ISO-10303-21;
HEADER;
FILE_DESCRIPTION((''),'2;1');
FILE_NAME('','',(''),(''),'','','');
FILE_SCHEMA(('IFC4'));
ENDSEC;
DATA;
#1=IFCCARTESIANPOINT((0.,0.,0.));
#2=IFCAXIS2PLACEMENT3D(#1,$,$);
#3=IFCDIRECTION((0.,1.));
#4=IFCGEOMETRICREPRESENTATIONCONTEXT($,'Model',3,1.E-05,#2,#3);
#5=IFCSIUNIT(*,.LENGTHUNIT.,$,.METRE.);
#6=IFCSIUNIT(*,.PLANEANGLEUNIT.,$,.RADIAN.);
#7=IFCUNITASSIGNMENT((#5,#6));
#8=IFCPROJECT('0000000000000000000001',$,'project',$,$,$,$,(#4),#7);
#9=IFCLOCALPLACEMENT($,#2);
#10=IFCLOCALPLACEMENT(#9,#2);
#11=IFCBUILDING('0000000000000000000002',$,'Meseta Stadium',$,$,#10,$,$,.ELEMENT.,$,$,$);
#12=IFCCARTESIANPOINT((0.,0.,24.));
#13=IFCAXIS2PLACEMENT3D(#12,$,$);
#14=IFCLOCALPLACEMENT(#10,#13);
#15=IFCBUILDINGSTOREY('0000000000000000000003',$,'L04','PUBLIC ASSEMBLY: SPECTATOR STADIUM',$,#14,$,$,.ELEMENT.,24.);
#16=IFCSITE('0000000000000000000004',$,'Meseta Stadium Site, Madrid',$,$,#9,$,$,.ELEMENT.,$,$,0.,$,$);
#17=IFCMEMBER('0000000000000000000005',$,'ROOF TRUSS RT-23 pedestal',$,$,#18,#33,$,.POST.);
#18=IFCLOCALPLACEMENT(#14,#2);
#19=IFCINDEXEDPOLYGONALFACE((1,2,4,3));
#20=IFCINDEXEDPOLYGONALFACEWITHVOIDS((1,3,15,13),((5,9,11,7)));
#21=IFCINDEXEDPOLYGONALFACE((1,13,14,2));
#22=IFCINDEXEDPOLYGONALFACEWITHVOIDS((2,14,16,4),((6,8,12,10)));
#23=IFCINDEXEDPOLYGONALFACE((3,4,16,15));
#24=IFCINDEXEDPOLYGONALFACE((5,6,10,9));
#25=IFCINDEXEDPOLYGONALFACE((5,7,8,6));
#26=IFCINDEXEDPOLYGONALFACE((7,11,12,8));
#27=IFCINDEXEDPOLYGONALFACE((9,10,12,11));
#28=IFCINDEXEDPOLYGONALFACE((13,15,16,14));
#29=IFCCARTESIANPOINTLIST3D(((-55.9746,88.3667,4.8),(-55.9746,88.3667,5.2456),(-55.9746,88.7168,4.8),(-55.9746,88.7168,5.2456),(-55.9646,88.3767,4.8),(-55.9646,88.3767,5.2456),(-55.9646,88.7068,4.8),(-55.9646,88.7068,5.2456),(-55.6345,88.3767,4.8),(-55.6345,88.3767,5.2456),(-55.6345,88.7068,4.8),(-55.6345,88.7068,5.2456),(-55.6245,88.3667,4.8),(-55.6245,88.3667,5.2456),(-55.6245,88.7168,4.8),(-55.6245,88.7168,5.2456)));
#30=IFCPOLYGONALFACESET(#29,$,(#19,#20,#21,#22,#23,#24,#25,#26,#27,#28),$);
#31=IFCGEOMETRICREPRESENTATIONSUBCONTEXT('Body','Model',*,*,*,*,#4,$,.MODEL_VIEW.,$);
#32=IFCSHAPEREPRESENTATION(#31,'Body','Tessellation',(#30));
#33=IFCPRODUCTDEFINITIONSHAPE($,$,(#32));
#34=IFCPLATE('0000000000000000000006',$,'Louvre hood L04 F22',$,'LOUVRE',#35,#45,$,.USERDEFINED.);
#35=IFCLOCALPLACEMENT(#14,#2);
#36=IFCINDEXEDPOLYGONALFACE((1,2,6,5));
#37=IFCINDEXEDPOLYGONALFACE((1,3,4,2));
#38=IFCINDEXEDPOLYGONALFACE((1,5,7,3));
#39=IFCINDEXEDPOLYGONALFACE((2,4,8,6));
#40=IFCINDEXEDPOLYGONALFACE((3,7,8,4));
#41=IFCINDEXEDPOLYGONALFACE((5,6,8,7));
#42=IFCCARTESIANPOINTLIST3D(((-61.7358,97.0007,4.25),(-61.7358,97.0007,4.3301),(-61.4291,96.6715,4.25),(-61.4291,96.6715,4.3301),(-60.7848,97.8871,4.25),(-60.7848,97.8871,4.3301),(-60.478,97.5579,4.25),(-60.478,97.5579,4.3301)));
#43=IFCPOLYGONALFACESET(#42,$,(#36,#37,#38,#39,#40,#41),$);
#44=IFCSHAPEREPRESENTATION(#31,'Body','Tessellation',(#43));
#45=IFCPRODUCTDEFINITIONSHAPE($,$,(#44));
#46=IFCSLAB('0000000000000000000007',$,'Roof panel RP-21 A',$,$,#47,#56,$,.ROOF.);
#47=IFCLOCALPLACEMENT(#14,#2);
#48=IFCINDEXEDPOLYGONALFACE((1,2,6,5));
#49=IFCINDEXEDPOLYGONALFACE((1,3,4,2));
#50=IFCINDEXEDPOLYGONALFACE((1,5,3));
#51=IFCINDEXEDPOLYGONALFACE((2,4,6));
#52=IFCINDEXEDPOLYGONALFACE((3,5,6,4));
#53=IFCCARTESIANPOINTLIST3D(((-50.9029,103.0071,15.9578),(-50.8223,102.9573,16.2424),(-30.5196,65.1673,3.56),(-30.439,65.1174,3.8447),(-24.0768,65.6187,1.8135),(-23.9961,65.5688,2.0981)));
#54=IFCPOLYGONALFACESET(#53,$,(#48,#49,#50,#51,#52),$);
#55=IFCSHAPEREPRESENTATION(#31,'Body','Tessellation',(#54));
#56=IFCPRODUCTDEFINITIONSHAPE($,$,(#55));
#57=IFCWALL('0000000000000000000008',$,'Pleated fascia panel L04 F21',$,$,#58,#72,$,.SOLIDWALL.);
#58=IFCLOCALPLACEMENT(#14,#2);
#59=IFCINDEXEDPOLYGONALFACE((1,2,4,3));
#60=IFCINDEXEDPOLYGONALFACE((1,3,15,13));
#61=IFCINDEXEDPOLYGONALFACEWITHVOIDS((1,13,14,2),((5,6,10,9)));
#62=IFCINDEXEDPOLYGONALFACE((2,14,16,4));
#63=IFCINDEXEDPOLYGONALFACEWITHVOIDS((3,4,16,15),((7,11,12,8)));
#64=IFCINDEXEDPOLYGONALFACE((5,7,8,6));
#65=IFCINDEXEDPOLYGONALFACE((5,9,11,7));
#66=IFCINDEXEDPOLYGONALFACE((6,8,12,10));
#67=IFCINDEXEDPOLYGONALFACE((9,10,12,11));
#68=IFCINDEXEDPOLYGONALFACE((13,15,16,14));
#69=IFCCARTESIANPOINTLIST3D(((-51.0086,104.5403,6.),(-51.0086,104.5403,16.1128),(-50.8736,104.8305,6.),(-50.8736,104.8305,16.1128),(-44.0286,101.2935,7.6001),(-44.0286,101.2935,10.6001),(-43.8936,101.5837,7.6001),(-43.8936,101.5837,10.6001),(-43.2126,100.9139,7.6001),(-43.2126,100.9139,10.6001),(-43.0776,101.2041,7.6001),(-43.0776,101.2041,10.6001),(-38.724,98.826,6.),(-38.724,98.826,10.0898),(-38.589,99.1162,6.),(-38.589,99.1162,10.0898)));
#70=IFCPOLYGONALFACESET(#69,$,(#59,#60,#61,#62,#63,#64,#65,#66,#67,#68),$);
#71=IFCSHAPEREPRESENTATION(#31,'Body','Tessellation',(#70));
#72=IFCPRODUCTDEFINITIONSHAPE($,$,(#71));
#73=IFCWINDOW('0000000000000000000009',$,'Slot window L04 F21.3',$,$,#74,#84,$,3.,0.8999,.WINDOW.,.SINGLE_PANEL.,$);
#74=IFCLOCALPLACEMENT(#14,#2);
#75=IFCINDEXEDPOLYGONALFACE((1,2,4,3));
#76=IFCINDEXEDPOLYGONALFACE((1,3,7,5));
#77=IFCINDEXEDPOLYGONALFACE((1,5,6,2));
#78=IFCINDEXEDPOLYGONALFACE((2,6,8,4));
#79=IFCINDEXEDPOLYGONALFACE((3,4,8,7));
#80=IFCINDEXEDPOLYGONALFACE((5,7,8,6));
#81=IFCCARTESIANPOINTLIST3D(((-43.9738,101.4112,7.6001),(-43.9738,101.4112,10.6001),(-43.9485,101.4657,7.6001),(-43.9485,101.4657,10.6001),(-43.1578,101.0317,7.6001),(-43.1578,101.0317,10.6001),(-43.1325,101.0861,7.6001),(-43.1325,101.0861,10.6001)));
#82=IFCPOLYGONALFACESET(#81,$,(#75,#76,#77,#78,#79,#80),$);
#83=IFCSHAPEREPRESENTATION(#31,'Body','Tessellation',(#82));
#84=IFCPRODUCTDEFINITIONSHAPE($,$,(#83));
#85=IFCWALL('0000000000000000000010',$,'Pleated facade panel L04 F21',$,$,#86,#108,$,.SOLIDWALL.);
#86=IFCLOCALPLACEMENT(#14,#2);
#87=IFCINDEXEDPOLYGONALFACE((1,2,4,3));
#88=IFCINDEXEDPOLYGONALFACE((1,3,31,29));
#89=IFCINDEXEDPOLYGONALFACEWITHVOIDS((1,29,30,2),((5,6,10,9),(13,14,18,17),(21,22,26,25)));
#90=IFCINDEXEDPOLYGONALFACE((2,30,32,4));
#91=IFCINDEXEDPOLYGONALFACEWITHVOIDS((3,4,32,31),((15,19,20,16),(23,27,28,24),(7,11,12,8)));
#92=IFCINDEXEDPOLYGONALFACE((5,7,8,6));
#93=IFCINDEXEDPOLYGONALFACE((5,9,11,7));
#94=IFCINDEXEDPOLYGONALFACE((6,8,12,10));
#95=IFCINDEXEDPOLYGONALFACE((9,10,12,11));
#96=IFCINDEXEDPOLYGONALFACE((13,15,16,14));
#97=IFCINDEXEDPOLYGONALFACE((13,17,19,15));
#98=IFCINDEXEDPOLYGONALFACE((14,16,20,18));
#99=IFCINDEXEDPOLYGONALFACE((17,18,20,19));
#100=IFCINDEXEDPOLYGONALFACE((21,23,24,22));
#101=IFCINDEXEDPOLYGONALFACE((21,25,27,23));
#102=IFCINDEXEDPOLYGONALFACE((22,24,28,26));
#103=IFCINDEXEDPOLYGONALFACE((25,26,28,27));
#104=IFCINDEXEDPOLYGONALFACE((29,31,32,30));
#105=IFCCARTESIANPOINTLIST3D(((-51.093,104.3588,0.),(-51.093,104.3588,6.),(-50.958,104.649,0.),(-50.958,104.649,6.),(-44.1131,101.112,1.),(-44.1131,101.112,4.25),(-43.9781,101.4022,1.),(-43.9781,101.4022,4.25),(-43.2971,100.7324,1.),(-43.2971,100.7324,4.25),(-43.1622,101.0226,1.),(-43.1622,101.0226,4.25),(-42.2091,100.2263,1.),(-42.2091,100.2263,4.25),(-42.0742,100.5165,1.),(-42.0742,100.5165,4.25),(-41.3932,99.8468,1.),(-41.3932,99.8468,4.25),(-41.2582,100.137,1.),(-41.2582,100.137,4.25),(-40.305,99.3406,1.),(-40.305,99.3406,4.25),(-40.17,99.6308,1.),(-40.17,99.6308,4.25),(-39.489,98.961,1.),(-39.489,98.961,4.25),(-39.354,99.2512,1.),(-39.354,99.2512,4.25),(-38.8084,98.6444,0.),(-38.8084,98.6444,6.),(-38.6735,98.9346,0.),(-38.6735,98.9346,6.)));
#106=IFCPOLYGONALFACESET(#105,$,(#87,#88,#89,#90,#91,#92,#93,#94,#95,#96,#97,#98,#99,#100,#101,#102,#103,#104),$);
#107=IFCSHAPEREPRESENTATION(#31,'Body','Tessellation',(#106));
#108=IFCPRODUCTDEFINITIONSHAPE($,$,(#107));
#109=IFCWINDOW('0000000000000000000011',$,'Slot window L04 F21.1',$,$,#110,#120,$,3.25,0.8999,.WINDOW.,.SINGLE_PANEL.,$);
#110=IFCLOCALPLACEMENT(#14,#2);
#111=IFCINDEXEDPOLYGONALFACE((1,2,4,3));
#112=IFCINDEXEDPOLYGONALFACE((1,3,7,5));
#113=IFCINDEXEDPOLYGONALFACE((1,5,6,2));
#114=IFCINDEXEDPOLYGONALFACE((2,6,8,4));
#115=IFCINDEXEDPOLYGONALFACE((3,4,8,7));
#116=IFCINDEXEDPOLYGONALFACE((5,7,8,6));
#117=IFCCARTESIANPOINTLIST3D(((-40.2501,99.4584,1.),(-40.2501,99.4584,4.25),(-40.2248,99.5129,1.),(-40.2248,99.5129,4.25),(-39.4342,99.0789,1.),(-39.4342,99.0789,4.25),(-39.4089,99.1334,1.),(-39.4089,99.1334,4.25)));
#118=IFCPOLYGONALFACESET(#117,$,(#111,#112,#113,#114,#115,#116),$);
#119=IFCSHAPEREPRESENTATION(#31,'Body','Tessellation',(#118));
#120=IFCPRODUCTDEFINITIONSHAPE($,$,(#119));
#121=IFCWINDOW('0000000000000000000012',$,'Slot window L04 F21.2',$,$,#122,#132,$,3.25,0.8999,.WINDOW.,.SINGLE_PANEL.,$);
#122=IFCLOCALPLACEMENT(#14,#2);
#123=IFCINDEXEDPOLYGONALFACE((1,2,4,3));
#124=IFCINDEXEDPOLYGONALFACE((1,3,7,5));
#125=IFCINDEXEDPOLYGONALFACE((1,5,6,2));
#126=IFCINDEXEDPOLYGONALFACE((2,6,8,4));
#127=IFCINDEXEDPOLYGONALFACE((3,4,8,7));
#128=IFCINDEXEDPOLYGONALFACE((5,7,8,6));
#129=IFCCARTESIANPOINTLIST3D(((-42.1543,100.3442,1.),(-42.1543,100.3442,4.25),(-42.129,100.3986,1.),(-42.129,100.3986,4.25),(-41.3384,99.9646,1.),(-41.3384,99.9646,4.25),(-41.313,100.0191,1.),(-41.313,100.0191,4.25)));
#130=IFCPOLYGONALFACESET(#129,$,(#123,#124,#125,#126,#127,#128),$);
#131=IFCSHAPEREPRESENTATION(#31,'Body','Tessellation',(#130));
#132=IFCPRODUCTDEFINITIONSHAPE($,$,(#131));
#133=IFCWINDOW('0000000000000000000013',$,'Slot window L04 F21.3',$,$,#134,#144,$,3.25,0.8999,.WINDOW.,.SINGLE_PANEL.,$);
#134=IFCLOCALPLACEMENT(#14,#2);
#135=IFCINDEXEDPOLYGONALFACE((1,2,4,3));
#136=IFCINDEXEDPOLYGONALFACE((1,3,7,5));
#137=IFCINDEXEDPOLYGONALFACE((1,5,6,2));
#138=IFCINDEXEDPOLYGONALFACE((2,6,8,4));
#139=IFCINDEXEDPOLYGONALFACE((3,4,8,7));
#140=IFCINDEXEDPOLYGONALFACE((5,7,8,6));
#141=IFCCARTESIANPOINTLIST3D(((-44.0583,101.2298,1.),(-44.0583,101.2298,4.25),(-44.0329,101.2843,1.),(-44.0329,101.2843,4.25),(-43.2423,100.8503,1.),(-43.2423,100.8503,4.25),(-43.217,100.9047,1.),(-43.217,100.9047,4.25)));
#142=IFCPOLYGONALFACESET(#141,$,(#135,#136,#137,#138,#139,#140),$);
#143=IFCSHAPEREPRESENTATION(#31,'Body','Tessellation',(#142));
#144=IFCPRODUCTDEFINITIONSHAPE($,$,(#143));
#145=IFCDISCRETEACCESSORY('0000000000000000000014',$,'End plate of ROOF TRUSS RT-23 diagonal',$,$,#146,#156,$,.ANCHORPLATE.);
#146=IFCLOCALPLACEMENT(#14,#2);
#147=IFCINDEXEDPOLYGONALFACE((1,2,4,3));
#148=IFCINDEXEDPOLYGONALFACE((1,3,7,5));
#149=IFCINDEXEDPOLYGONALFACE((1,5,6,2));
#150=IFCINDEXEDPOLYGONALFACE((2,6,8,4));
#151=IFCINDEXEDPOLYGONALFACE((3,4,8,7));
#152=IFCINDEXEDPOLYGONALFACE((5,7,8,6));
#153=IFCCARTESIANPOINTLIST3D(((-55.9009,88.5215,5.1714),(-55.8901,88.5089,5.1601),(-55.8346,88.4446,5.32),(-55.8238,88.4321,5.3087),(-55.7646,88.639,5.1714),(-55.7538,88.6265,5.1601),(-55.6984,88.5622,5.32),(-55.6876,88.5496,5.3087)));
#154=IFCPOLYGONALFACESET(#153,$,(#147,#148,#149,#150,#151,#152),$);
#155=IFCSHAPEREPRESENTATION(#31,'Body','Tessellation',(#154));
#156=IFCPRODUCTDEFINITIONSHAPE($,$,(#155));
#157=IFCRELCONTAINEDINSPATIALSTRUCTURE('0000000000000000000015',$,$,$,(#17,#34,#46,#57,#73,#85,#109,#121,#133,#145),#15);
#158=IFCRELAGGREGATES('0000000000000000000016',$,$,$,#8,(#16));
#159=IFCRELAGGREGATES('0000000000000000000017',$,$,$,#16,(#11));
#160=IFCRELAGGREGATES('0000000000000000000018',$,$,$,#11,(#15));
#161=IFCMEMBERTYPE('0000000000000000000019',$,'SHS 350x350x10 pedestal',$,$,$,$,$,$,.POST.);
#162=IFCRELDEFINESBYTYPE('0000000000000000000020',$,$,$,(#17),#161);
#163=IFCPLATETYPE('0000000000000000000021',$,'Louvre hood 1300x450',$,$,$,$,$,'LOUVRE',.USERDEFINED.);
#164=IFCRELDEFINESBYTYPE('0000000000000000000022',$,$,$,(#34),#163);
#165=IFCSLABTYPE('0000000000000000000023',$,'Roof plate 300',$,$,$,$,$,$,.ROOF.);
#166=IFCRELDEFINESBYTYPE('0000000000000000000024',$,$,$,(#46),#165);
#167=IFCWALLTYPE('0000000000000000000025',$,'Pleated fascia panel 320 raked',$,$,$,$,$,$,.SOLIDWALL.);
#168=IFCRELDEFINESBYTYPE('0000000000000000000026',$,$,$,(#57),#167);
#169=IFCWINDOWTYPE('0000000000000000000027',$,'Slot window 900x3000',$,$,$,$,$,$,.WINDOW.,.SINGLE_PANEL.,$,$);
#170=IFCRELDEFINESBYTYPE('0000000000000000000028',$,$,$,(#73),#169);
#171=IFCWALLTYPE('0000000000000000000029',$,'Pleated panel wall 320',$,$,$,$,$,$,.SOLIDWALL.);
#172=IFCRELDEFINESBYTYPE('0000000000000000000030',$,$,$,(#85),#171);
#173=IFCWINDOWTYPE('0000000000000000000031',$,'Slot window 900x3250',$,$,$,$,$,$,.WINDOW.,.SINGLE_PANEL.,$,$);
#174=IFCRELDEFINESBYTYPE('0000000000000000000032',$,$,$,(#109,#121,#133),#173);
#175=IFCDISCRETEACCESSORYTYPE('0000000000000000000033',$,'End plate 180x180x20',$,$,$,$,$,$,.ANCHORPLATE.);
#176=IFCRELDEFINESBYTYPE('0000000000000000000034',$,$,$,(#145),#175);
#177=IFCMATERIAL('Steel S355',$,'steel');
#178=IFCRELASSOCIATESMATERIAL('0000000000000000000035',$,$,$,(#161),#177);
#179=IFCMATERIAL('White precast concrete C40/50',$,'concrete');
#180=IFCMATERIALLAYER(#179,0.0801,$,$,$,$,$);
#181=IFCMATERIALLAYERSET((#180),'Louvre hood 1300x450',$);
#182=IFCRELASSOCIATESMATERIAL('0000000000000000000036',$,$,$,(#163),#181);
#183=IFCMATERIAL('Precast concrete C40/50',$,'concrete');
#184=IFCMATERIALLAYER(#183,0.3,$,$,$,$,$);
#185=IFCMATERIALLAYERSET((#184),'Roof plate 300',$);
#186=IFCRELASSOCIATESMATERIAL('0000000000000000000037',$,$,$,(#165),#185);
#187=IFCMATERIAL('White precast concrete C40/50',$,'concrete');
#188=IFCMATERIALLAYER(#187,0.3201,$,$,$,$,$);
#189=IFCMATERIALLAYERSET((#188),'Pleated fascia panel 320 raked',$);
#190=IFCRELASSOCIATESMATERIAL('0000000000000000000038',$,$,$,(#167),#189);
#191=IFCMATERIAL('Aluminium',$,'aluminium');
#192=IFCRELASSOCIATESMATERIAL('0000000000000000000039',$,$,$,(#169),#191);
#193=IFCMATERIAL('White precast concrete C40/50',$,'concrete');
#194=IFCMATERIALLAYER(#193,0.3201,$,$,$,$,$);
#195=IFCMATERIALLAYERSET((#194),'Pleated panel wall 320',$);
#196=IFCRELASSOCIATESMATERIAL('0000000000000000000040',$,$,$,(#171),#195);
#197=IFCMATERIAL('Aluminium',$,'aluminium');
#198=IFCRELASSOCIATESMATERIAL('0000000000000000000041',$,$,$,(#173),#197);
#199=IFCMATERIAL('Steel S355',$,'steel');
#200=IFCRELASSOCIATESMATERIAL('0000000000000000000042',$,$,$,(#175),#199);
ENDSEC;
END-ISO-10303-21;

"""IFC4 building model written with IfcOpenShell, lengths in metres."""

from ifc_helpers import new_model, si_unit, direction, frame, frame_2d, origin, origin_2d, place, context, subcontext, project, spatial, polyline, rectangle, hollow_rectangle, outline, extrude, material, layer, layer_set, material_profile, profile_set, type_object, element, fill, save


model = new_model("IFC4")

# Units and contexts
model_context = context("Model", 3, precision=1e-05, world=origin(), true_north=direction((0.0, 1.0)))
body_context = subcontext(model_context, "Body", "Model", "MODEL_VIEW")
ifc_project = project(units=[si_unit("LENGTHUNIT", "METRE"), si_unit("PLANEANGLEUNIT", "RADIAN")], contexts=[model_context])

# Site, building, storey
site_placement = place(None, origin())
site = spatial("IfcSite", under=ifc_project, at=site_placement, Name="Meseta Stadium Site, Madrid", CompositionType="ELEMENT", RefElevation=0.0)
building_placement = place(site_placement, origin())
building = spatial("IfcBuilding", under=site, at=building_placement, Name="Meseta Stadium", CompositionType="ELEMENT")
storey_placement = place(building_placement, frame((0.0, 0.0, 24.0)))
storey = spatial("IfcBuildingStorey", under=building, at=storey_placement, Name="L04", Description="PUBLIC ASSEMBLY: SPECTATOR STADIUM", CompositionType="ELEMENT", Elevation=24.0)

# Member
ifc_material_1 = material(Name="Steel S355", Category="steel")
ifc_material_profile_1 = material_profile(ifc_material_1, hollow_rectangle(XDim=0.3501, YDim=0.3501, WallThickness=0.01, at=origin_2d()), Name="SHS 350x350x10")
ifc_profile_set_1 = profile_set([ifc_material_profile_1], Name="Steel S355")
member_type_1 = type_object("IfcMemberType", Name="SHS 350x350x10 pedestal", PredefinedType="POST", material=ifc_profile_set_1)
member_1_placement = place(storey_placement, frame((-55.7996, 88.5417, 4.8), z_axis=(0.0, 0.0, 1.0), x_axis=(1.0, 0.0, 0.0)))
element("IfcMember", 1, at=member_1_placement, inside=storey, type_object=member_type_1, Name="ROOF TRUSS RT-23 pedestal", PredefinedType="POST", context=body_context, shape_type="SweptSolid", body=[
    extrude(hollow_rectangle(XDim=0.3501, YDim=0.3501, WallThickness=0.01, at=origin_2d()), origin(), (0.0, 0.0, 1.0), 0.4456),
])

# Plate
ifc_material_2 = material(Name="White precast concrete C40/50", Category="concrete")
ifc_layer_1 = layer(ifc_material_2, 0.0801)
ifc_layer_set_1 = layer_set([ifc_layer_1], Name="Louvre hood 1300x450")
plate_type = type_object("IfcPlateType", Name="Louvre hood 1300x450", ElementType="LOUVRE", PredefinedType="USERDEFINED", material=ifc_layer_set_1)
plate_placement = place(storey_placement, frame((-61.1069, 97.2793, 4.25), z_axis=(0.0, 0.0, 1.0), x_axis=(-0.731545, -0.681793, 0.0)))
element("IfcPlate", 2, at=plate_placement, inside=storey, type_object=plate_type, Name="Louvre hood L04 F22", ObjectType="LOUVRE", PredefinedType="USERDEFINED", context=body_context, shape_type="SweptSolid", body=[
    extrude(rectangle(XDim=1.3, YDim=0.45, at=origin_2d()), origin(), (0.0, 0.0, 1.0), 0.0801),
])

# Slab
ifc_material_3 = material(Name="Precast concrete C40/50", Category="concrete")
ifc_layer_2 = layer(ifc_material_3, 0.3)
ifc_layer_set_2 = layer_set([ifc_layer_2], Name="Roof plate 300")
slab_type = type_object("IfcSlabType", Name="Roof plate 300", PredefinedType="ROOF", material=ifc_layer_set_2)
slab_placement = place(storey_placement, frame((-50.8223, 102.9573, 16.2424), z_axis=(0.268832, -0.166038, 0.948768), x_axis=(0.557237, -0.776637, -0.293807)))
element("IfcSlab", 3, at=slab_placement, inside=storey, type_object=slab_type, Name="Roof panel RP-21 A", PredefinedType="ROOF", context=body_context, shape_type="SweptSolid", body=[
    extrude(outline(polyline([(0.0, 0.0), (48.1414, 0.0), (44.3887, -5.5391), (0.0, 0.0)])), origin(), (0.0, 0.0, -1.0), 0.3),
])

# Wall, opening, window
ifc_material_4 = material(Name="White precast concrete C40/50", Category="concrete")
ifc_layer_3 = layer(ifc_material_4, 0.3201)
ifc_layer_set_3 = layer_set([ifc_layer_3], Name="Pleated fascia panel 320 raked")
wall_type_1 = type_object("IfcWallType", Name="Pleated fascia panel 320 raked", PredefinedType="SOLIDWALL", material=ifc_layer_set_3)
wall_1_placement = place(storey_placement, frame((-50.9412, 104.6853, 6.0), z_axis=(0.0, 0.0, 1.0), x_axis=(0.906705, -0.421765, 0.0)))
wall_1 = element("IfcWall", 4, at=wall_1_placement, inside=storey, type_object=wall_type_1, Name="Pleated fascia panel L04 F21", PredefinedType="SOLIDWALL", context=body_context, shape_type="SweptSolid", body=[
    extrude(outline(polyline([(0.0, 0.0), (13.5486, 0.0), (13.5486, 4.0898), (0.0, 10.1128), (0.0, 0.0)])), frame((0.0, 0.1602, 0.0), z_axis=(0.0, -1.0, 0.0), x_axis=(1.0, 0.0, 0.0)), (0.0, 0.0, 1.0), 0.3201),
])
opening_1_placement = place(wall_1_placement, frame((7.6982, 0.0, 1.6001)))
opening_1 = element("IfcOpeningElement", 5, at=opening_1_placement, cuts=wall_1, PredefinedType="OPENING", context=body_context, shape_type="SweptSolid", body=[
    extrude(rectangle(XDim=0.8999, YDim=3.0, at=frame_2d((0.45, 1.5))), frame((0.0, 0.1699, 0.0), z_axis=(0.0, -1.0, 0.0), x_axis=(1.0, 0.0, 0.0)), (0.0, 0.0, 1.0), 0.3401),
])
ifc_material_5 = material(Name="Aluminium", Category="aluminium")
window_type_1 = type_object("IfcWindowType", Name="Slot window 900x3000", PartitioningType="SINGLE_PANEL", PredefinedType="WINDOW", material=ifc_material_5)
window_1_placement = place(opening_1_placement, origin())
window_1 = element("IfcWindow", 6, at=window_1_placement, inside=storey, type_object=window_type_1, Name="Slot window L04 F21.3", OverallHeight=3.0, OverallWidth=0.8999, PartitioningType="SINGLE_PANEL", PredefinedType="WINDOW", context=body_context, shape_type="SweptSolid", body=[
    extrude(rectangle(XDim=0.8999, YDim=3.0, at=frame_2d((0.45, 1.5))), frame((0.0, 0.03, 0.0), z_axis=(0.0, -1.0, 0.0), x_axis=(1.0, 0.0, 0.0)), (0.0, 0.0, 1.0), 0.0601),
])
fill(opening_1, window_1)

# Wall, openings, windows
ifc_material_6 = material(Name="White precast concrete C40/50", Category="concrete")
ifc_layer_4 = layer(ifc_material_6, 0.3201)
ifc_layer_set_4 = layer_set([ifc_layer_4], Name="Pleated panel wall 320")
wall_type_2 = type_object("IfcWallType", Name="Pleated panel wall 320", PredefinedType="SOLIDWALL", material=ifc_layer_set_4)
wall_2_placement = place(storey_placement, frame((-51.0256, 104.5039, 0.0), z_axis=(0.0, 0.0, 1.0), x_axis=(0.906705, -0.421765, 0.0)))
wall_2 = element("IfcWall", 7, at=wall_2_placement, inside=storey, type_object=wall_type_2, Name="Pleated facade panel L04 F21", PredefinedType="SOLIDWALL", context=body_context, shape_type="SweptSolid", body=[
    extrude(rectangle(XDim=13.5486, YDim=0.3201, at=frame_2d((6.7744, 0.0))), origin(), (0.0, 0.0, 1.0), 6.0),
])
opening_2_placement = place(wall_2_placement, frame((11.8982, 0.0, 1.0)))
opening_2 = element("IfcOpeningElement", 8, at=opening_2_placement, cuts=wall_2, PredefinedType="OPENING", context=body_context, shape_type="SweptSolid", body=[
    extrude(rectangle(XDim=0.8999, YDim=3.25, at=frame_2d((0.45, 1.625))), frame((0.0, 0.1699, 0.0), z_axis=(0.0, -1.0, 0.0), x_axis=(1.0, 0.0, 0.0)), (0.0, 0.0, 1.0), 0.3401),
])
opening_3_placement = place(wall_2_placement, frame((9.7981, 0.0, 1.0)))
opening_3 = element("IfcOpeningElement", 9, at=opening_3_placement, cuts=wall_2, PredefinedType="OPENING", context=body_context, shape_type="SweptSolid", body=[
    extrude(rectangle(XDim=0.8999, YDim=3.25, at=frame_2d((0.45, 1.625))), frame((0.0, 0.1699, 0.0), z_axis=(0.0, -1.0, 0.0), x_axis=(1.0, 0.0, 0.0)), (0.0, 0.0, 1.0), 0.3401),
])
opening_4_placement = place(wall_2_placement, frame((7.6982, 0.0, 1.0)))
opening_4 = element("IfcOpeningElement", 10, at=opening_4_placement, cuts=wall_2, PredefinedType="OPENING", context=body_context, shape_type="SweptSolid", body=[
    extrude(rectangle(XDim=0.8999, YDim=3.25, at=frame_2d((0.45, 1.625))), frame((0.0, 0.1699, 0.0), z_axis=(0.0, -1.0, 0.0), x_axis=(1.0, 0.0, 0.0)), (0.0, 0.0, 1.0), 0.3401),
])
ifc_material_7 = material(Name="Aluminium", Category="aluminium")
window_type_2 = type_object("IfcWindowType", Name="Slot window 900x3250", PartitioningType="SINGLE_PANEL", PredefinedType="WINDOW", material=ifc_material_7)
window_2_placement = place(opening_2_placement, origin())
window_2 = element("IfcWindow", 11, at=window_2_placement, inside=storey, type_object=window_type_2, Name="Slot window L04 F21.1", OverallHeight=3.25, OverallWidth=0.8999, PartitioningType="SINGLE_PANEL", PredefinedType="WINDOW", context=body_context, shape_type="SweptSolid", body=[
    extrude(rectangle(XDim=0.8999, YDim=3.25, at=frame_2d((0.45, 1.625))), frame((0.0, 0.03, 0.0), z_axis=(0.0, -1.0, 0.0), x_axis=(1.0, 0.0, 0.0)), (0.0, 0.0, 1.0), 0.0601),
])
fill(opening_2, window_2)
window_3_placement = place(opening_3_placement, origin())
window_3 = element("IfcWindow", 12, at=window_3_placement, inside=storey, type_object=window_type_2, Name="Slot window L04 F21.2", OverallHeight=3.25, OverallWidth=0.8999, PartitioningType="SINGLE_PANEL", PredefinedType="WINDOW", context=body_context, shape_type="SweptSolid", body=[
    extrude(rectangle(XDim=0.8999, YDim=3.25, at=frame_2d((0.45, 1.625))), frame((0.0, 0.03, 0.0), z_axis=(0.0, -1.0, 0.0), x_axis=(1.0, 0.0, 0.0)), (0.0, 0.0, 1.0), 0.0601),
])
fill(opening_3, window_3)
window_4_placement = place(opening_4_placement, origin())
window_4 = element("IfcWindow", 13, at=window_4_placement, inside=storey, type_object=window_type_2, Name="Slot window L04 F21.3", OverallHeight=3.25, OverallWidth=0.8999, PartitioningType="SINGLE_PANEL", PredefinedType="WINDOW", context=body_context, shape_type="SweptSolid", body=[
    extrude(rectangle(XDim=0.8999, YDim=3.25, at=frame_2d((0.45, 1.625))), frame((0.0, 0.03, 0.0), z_axis=(0.0, -1.0, 0.0), x_axis=(1.0, 0.0, 0.0)), (0.0, 0.0, 1.0), 0.0601),
])
fill(opening_4, window_4)

# Discrete accessory
ifc_material_8 = material(Name="Steel S355", Category="steel")
ifc_material_profile_2 = material_profile(ifc_material_8, rectangle(XDim=0.1799, YDim=0.1799, at=origin_2d()), Name="PL 180x180")
ifc_profile_set_2 = profile_set([ifc_material_profile_2], Name="Steel S355")
discrete_accessory_type_1 = type_object("IfcDiscreteAccessoryType", Name="End plate 180x180x20", PredefinedType="ANCHORPLATE", material=ifc_profile_set_2)
for number, where, z_axis, x_axis, name in (
    (14, (-55.7888, 88.5293, 5.2344), (-0.539441, 0.625261, 0.563961), (-0.757157, -0.653233, 0.0), "End plate of ROOF TRUSS RT-23 diagonal"),
):
    element("IfcDiscreteAccessory", number, at=place(storey_placement, frame(where, z_axis=z_axis, x_axis=x_axis)), inside=storey, type_object=discrete_accessory_type_1, Name=name, PredefinedType="ANCHORPLATE", context=body_context, shape_type="SweptSolid", body=[
        extrude(rectangle(XDim=0.1799, YDim=0.1799, at=origin_2d()), origin(), (0.0, 0.0, 1.0), 0.02),
    ])

save(model, "model.ifc")
